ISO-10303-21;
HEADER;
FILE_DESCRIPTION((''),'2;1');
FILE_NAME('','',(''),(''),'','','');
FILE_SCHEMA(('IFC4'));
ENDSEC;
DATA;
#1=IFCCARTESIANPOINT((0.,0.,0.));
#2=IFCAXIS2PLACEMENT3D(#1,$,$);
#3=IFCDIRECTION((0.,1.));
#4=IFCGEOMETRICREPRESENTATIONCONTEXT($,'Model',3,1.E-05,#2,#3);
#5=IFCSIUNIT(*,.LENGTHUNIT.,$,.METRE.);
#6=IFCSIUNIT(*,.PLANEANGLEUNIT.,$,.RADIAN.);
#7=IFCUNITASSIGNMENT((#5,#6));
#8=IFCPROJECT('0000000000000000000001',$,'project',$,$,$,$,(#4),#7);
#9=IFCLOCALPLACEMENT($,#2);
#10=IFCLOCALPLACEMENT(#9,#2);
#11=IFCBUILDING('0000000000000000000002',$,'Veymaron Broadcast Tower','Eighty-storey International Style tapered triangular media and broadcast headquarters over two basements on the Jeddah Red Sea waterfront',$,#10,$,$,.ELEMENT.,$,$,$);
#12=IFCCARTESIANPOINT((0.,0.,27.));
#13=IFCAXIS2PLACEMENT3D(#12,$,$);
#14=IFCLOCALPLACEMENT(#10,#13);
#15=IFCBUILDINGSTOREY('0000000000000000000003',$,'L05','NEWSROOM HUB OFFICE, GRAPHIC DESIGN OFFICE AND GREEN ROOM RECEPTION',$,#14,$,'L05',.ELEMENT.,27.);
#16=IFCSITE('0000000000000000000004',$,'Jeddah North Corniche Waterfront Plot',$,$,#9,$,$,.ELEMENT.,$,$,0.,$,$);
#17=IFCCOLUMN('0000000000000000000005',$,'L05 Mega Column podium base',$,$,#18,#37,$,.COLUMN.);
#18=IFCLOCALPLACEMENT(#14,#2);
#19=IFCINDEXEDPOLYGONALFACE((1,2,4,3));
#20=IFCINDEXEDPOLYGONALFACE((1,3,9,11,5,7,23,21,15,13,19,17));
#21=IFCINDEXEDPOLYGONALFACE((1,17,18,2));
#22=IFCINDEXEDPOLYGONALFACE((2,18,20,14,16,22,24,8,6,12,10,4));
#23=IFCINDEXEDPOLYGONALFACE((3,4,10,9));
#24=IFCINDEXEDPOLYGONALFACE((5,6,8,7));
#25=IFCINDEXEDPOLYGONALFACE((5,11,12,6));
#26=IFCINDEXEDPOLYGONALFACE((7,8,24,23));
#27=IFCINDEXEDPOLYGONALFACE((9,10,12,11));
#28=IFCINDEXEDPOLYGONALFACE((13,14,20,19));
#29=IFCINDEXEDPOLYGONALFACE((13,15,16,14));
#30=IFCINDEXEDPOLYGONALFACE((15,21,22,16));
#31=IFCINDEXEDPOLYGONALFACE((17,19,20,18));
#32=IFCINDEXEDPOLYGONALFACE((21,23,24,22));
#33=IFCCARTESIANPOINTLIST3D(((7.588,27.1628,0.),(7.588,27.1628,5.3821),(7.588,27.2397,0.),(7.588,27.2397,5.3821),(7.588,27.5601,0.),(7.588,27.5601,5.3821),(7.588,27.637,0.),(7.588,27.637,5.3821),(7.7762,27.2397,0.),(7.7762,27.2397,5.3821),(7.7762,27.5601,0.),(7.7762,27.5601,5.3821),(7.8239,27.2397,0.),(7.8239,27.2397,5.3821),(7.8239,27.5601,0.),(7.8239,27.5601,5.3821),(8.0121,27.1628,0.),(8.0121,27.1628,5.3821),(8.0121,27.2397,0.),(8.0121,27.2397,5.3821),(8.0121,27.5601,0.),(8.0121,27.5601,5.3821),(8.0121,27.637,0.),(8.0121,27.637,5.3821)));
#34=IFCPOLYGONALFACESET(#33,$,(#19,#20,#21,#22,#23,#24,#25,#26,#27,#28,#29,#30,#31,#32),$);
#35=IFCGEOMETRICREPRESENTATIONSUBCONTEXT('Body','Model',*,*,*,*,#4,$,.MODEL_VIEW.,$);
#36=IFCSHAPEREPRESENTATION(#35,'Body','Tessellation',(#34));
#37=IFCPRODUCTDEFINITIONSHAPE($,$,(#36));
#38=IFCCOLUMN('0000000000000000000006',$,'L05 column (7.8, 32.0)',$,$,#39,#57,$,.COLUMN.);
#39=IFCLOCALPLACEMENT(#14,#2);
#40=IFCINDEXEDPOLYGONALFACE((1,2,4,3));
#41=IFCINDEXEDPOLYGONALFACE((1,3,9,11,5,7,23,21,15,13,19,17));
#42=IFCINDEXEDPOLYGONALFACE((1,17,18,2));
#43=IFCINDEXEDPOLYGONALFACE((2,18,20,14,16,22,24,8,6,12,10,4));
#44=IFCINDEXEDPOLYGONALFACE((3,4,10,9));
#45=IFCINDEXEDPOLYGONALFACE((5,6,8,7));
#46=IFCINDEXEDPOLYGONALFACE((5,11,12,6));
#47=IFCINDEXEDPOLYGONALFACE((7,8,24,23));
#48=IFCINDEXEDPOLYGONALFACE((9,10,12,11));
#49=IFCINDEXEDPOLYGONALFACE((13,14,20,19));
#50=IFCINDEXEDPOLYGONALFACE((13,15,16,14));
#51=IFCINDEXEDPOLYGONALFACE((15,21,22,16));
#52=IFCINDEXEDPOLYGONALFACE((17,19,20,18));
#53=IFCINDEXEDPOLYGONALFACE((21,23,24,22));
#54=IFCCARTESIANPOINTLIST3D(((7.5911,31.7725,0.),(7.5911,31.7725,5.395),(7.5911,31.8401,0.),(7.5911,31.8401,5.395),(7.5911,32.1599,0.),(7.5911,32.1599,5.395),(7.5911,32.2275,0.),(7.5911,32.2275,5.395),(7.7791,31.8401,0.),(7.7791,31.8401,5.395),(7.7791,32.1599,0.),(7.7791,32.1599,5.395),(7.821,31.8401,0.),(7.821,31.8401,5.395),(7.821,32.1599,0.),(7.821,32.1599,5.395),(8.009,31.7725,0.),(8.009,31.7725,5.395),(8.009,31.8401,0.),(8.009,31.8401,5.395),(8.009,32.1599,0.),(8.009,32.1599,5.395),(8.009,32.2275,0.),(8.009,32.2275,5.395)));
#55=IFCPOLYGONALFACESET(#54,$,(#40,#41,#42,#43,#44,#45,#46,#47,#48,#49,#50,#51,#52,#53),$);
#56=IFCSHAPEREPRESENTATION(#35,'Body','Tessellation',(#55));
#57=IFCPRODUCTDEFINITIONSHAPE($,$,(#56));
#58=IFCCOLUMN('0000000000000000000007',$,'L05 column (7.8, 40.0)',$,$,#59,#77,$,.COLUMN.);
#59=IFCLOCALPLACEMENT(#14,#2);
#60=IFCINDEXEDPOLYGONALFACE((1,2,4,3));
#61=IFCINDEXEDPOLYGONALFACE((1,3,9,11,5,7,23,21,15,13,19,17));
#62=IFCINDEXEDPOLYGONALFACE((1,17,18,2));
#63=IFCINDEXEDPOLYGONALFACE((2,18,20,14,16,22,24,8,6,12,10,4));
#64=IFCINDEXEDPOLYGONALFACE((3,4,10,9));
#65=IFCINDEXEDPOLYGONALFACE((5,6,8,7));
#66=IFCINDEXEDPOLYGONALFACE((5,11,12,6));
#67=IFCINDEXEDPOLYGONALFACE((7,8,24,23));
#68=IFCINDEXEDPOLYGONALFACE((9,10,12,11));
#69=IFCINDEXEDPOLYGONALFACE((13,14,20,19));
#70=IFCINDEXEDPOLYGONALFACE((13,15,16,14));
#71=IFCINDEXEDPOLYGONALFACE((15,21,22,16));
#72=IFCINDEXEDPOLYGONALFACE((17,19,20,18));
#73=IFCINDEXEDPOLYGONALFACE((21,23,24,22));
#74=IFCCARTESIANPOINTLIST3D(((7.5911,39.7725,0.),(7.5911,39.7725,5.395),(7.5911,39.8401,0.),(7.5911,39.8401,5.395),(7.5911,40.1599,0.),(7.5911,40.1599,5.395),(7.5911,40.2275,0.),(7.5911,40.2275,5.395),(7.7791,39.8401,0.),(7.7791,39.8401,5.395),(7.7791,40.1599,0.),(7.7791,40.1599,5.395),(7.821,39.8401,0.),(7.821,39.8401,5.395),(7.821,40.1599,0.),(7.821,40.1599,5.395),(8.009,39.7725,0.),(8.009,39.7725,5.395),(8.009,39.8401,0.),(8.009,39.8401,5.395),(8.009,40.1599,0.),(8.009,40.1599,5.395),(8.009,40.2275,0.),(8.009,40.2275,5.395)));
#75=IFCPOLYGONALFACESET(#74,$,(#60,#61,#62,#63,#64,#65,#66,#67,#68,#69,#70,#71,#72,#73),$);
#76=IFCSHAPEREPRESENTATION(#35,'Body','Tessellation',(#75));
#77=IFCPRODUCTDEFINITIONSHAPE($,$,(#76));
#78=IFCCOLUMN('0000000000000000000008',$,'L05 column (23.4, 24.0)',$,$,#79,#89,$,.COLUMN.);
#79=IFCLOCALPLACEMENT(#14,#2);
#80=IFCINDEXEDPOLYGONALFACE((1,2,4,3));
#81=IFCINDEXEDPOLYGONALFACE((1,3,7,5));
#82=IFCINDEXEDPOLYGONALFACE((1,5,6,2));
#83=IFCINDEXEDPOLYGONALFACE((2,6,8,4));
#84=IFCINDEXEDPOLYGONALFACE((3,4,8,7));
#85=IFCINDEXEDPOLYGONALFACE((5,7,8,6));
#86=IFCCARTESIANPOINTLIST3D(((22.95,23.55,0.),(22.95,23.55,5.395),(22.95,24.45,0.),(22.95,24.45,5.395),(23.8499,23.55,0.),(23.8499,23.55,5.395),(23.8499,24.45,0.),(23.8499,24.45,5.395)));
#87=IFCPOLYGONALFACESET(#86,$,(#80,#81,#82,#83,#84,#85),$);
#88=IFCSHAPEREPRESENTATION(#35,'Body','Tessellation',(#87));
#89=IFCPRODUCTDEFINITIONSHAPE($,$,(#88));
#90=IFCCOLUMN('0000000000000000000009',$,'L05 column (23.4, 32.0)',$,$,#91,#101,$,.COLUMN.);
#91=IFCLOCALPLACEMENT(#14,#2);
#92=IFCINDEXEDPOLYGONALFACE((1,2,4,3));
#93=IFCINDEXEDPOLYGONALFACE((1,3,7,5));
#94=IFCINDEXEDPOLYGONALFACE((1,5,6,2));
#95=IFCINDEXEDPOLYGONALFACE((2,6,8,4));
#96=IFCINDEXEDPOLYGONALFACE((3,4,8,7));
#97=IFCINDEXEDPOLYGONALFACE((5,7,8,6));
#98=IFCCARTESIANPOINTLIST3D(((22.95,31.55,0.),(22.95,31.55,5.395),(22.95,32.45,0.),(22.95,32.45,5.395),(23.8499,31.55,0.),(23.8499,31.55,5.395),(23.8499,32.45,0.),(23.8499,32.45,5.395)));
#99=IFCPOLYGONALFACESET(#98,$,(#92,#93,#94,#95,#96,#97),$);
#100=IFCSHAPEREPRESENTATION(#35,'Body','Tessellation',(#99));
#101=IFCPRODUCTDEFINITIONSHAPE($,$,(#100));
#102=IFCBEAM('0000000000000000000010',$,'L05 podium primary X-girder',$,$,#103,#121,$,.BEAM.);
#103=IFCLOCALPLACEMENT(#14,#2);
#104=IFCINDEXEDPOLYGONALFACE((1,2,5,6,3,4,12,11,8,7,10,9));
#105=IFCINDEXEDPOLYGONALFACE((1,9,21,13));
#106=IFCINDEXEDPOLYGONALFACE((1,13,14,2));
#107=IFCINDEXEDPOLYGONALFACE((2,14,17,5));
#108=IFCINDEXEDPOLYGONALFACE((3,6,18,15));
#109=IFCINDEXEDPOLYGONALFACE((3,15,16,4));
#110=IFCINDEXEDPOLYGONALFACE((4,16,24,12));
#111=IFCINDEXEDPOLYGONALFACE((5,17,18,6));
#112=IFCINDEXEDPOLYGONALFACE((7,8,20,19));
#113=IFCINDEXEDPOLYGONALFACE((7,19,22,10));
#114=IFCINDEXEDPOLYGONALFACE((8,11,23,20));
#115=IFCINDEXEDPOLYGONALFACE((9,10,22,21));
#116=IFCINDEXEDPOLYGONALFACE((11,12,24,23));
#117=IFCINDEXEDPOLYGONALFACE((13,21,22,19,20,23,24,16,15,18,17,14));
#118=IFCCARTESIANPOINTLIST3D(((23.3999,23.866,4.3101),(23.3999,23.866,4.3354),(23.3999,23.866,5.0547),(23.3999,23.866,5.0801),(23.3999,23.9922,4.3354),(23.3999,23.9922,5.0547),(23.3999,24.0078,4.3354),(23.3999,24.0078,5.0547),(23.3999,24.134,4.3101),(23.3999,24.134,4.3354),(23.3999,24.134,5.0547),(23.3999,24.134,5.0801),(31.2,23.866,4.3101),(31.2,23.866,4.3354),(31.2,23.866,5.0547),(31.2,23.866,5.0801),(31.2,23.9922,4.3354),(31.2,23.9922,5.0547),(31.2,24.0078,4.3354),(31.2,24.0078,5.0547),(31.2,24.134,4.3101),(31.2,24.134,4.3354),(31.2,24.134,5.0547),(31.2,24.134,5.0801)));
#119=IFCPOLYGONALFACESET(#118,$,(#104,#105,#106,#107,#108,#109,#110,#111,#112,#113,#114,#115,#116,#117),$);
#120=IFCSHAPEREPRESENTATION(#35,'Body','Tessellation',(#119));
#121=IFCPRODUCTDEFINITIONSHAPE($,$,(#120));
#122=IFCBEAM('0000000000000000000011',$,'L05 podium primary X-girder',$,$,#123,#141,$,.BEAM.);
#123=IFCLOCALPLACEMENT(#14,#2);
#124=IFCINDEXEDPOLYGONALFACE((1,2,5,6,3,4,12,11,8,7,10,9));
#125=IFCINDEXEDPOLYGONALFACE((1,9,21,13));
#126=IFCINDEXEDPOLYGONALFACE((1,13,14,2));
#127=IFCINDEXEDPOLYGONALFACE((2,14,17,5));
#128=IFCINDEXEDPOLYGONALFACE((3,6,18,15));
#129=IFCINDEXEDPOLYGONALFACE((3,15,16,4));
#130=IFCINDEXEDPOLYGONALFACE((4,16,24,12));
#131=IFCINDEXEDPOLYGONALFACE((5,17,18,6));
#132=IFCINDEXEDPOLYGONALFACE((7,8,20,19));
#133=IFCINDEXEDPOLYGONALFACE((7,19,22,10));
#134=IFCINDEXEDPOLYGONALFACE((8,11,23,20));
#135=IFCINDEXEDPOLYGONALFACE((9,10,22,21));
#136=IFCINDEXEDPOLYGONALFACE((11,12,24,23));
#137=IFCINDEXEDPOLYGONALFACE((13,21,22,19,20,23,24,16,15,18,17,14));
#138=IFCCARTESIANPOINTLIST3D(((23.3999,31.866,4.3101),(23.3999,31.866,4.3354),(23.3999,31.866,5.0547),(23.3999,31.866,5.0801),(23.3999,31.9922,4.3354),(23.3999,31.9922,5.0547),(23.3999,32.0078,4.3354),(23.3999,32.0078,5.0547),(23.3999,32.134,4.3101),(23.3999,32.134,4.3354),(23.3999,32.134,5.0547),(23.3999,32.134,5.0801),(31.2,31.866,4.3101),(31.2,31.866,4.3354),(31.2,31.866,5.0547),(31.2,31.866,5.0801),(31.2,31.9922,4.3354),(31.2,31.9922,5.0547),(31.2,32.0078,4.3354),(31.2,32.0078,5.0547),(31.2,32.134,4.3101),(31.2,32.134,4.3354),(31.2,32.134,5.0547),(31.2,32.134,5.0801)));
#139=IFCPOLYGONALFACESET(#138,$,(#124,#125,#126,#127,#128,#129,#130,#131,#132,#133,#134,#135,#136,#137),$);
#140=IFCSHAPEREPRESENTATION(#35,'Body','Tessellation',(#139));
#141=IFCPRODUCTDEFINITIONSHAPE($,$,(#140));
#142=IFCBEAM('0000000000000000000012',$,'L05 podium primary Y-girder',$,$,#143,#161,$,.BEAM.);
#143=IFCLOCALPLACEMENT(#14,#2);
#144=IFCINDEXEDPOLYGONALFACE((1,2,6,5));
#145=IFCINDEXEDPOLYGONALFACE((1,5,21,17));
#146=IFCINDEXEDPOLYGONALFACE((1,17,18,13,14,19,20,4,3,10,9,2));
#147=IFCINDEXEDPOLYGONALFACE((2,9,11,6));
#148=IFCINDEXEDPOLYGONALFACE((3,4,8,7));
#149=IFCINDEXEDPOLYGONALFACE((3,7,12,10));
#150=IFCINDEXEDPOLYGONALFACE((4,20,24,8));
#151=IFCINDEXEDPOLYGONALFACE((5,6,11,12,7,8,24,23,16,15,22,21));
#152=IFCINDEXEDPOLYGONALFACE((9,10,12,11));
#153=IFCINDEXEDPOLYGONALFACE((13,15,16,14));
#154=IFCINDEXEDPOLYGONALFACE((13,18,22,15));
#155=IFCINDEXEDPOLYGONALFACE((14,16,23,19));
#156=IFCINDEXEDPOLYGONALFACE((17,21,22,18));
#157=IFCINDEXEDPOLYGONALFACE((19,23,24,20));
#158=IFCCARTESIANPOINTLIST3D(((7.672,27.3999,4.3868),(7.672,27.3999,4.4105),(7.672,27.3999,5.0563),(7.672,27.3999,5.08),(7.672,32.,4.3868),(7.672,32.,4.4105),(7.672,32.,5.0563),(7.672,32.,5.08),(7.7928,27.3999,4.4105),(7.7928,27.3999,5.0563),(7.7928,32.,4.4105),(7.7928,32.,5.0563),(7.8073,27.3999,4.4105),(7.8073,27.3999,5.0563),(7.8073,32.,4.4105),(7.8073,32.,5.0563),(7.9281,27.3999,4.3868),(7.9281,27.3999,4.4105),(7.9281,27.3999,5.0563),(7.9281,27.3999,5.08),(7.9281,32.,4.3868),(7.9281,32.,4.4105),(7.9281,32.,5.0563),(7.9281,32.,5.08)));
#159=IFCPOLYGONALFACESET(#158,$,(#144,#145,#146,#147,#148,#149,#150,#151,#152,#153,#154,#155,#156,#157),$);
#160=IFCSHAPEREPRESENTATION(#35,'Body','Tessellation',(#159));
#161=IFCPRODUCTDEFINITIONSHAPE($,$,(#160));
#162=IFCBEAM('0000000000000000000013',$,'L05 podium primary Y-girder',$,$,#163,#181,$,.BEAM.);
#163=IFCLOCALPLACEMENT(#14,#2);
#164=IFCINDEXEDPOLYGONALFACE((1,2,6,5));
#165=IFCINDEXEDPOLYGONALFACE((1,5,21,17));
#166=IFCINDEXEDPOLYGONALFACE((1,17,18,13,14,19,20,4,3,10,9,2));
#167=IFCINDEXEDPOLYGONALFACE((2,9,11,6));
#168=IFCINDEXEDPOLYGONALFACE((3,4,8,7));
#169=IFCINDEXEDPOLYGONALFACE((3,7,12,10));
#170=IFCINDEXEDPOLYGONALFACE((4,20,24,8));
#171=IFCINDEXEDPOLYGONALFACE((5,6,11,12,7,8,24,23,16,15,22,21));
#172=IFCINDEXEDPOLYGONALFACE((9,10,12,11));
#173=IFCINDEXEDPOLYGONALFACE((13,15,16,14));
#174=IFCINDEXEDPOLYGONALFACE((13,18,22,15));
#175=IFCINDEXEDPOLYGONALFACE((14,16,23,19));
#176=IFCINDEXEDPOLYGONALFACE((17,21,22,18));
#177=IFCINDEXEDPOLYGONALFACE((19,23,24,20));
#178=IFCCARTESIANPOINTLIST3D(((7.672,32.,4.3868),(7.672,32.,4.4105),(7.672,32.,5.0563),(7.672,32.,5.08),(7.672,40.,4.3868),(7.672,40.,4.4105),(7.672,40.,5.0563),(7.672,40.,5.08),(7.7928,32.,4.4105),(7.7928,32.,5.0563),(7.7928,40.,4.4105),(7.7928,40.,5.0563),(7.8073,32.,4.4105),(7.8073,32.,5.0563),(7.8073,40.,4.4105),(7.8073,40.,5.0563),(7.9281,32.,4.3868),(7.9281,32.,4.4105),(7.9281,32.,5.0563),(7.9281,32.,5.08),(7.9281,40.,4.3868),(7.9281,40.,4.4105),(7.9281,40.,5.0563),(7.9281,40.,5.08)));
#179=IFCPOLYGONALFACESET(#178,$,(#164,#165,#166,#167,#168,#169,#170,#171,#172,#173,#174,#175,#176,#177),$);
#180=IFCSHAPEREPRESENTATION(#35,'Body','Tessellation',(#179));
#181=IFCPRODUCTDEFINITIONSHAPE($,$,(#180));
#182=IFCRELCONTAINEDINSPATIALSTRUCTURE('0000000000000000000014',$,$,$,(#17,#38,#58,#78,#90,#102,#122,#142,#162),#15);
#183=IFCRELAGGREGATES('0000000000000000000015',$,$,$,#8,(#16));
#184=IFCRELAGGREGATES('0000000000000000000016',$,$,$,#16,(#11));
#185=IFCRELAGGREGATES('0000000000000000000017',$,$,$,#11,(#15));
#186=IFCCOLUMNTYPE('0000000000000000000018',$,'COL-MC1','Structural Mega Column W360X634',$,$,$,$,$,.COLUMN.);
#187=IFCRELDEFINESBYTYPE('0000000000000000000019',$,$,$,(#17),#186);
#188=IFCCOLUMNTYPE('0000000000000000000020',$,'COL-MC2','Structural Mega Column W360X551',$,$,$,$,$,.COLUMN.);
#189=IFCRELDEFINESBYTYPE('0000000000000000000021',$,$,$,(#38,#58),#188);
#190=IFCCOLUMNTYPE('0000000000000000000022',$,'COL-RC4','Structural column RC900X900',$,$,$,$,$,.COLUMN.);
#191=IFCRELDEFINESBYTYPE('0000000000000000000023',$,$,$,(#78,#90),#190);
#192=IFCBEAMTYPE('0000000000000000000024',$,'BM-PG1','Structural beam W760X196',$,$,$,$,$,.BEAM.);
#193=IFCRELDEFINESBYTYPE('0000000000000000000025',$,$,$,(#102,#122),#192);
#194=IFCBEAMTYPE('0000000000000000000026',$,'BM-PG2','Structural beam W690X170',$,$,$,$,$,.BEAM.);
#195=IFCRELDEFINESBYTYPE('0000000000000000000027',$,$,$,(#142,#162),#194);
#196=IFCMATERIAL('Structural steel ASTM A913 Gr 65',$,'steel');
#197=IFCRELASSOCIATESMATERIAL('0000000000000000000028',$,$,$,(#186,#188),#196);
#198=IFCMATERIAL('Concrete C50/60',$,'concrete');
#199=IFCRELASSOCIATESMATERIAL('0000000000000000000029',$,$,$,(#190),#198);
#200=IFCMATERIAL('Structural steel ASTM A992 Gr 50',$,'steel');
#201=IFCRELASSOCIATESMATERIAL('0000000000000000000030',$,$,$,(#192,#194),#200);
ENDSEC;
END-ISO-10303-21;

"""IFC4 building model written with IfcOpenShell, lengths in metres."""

from ifc_helpers import new_model, si_unit, direction, frame, origin, origin_2d, place, context, subcontext, project, spatial, rectangle, i_section, extrude, material, material_profile, profile_set, type_object, element, save


model = new_model("IFC4")

# Units and contexts
model_context = context("Model", 3, precision=1e-05, world=origin(), true_north=direction((0.0, 1.0)))
body_context = subcontext(model_context, "Body", "Model", "MODEL_VIEW")
ifc_project = project(units=[si_unit("LENGTHUNIT", "METRE"), si_unit("PLANEANGLEUNIT", "RADIAN")], contexts=[model_context])

# Site, building, storey
site_placement = place(None, origin())
site = spatial("IfcSite", under=ifc_project, at=site_placement, Name="Jeddah North Corniche Waterfront Plot", CompositionType="ELEMENT", RefElevation=0.0)
building_placement = place(site_placement, origin())
building = spatial("IfcBuilding", under=site, at=building_placement, Name="Veymaron Broadcast Tower", Description="Eighty-storey International Style tapered triangular media and broadcast headquarters over two basements on the Jeddah Red Sea waterfront", CompositionType="ELEMENT")
storey_placement = place(building_placement, frame((0.0, 0.0, 27.0)))
storey = spatial("IfcBuildingStorey", under=building, at=storey_placement, Name="L05", Description="NEWSROOM HUB OFFICE, GRAPHIC DESIGN OFFICE AND GREEN ROOM RECEPTION", LongName="L05", CompositionType="ELEMENT", Elevation=27.0)

# Columns
ifc_material_1 = material(Name="Structural steel ASTM A913 Gr 65", Category="steel")
ifc_material_profile_1 = material_profile(ifc_material_1, i_section(OverallWidth=0.4241, OverallDepth=0.4741, WebThickness=0.0476, FlangeThickness=0.0769, at=origin_2d()), Name="W360X634")
ifc_profile_set_1 = profile_set([ifc_material_profile_1], Name="Structural steel ASTM A913 Gr 65")
column_type_1 = type_object("IfcColumnType", Name="COL-MC1", Description="Structural Mega Column W360X634", PredefinedType="COLUMN", material=ifc_profile_set_1)
column_placement = place(storey_placement, frame((7.8, 27.3999, 0.0), z_axis=(0.0, 0.0, 1.0), x_axis=(1.0, 0.0, 0.0)))
element("IfcColumn", 1, at=column_placement, inside=storey, type_object=column_type_1, Name="L05 Mega Column podium base", PredefinedType="COLUMN", context=body_context, shape_type="SweptSolid", body=[
    extrude(i_section(OverallWidth=0.4241, OverallDepth=0.4741, WebThickness=0.0476, FlangeThickness=0.0769, at=origin_2d()), origin(), (0.0, 0.0, 1.0), 5.3821),
])
ifc_material_profile_2 = material_profile(ifc_material_1, i_section(OverallWidth=0.418, OverallDepth=0.4551, WebThickness=0.042, FlangeThickness=0.0676, at=origin_2d()), Name="W360X551")
ifc_profile_set_2 = profile_set([ifc_material_profile_2], Name="Structural steel ASTM A913 Gr 65")
column_type_2 = type_object("IfcColumnType", Name="COL-MC2", Description="Structural Mega Column W360X551", PredefinedType="COLUMN", material=ifc_profile_set_2)
for number, where, z_axis, x_axis, name in (
    (2, (7.8, 32.0, 0.0), (0.0, 0.0, 1.0), (1.0, 0.0, 0.0), "L05 column (7.8, 32.0)"),
    (3, (7.8, 40.0, 0.0), (0.0, 0.0, 1.0), (1.0, 0.0, 0.0), "L05 column (7.8, 40.0)"),
):
    element("IfcColumn", number, at=place(storey_placement, frame(where, z_axis=z_axis, x_axis=x_axis)), inside=storey, type_object=column_type_2, Name=name, PredefinedType="COLUMN", context=body_context, shape_type="SweptSolid", body=[
        extrude(i_section(OverallWidth=0.418, OverallDepth=0.4551, WebThickness=0.042, FlangeThickness=0.0676, at=origin_2d()), origin(), (0.0, 0.0, 1.0), 5.395),
    ])
ifc_material_2 = material(Name="Concrete C50/60", Category="concrete")
ifc_material_profile_3 = material_profile(ifc_material_2, rectangle(XDim=0.8999, YDim=0.8999, at=origin_2d()), Name="RC900X900")
ifc_profile_set_3 = profile_set([ifc_material_profile_3], Name="Concrete C50/60")
column_type_3 = type_object("IfcColumnType", Name="COL-RC4", Description="Structural column RC900X900", PredefinedType="COLUMN", material=ifc_profile_set_3)
for number, where, z_axis, x_axis, name in (
    (4, (23.3999, 24.0, 0.0), (0.0, 0.0, 1.0), (1.0, 0.0, 0.0), "L05 column (23.4, 24.0)"),
    (5, (23.3999, 32.0, 0.0), (0.0, 0.0, 1.0), (1.0, 0.0, 0.0), "L05 column (23.4, 32.0)"),
):
    element("IfcColumn", number, at=place(storey_placement, frame(where, z_axis=z_axis, x_axis=x_axis)), inside=storey, type_object=column_type_3, Name=name, PredefinedType="COLUMN", context=body_context, shape_type="SweptSolid", body=[
        extrude(rectangle(XDim=0.8999, YDim=0.8999, at=origin_2d()), origin(), (0.0, 0.0, 1.0), 5.395),
    ])

# Beams
ifc_material_3 = material(Name="Structural steel ASTM A992 Gr 50", Category="steel")
ifc_material_profile_4 = material_profile(ifc_material_3, i_section(OverallWidth=0.2681, OverallDepth=0.77, WebThickness=0.0156, FlangeThickness=0.0254, at=origin_2d()), Name="W760X196")
ifc_profile_set_4 = profile_set([ifc_material_profile_4], Name="Structural steel ASTM A992 Gr 50")
beam_type_1 = type_object("IfcBeamType", Name="BM-PG1", Description="Structural beam W760X196", PredefinedType="BEAM", material=ifc_profile_set_4)
for number, where, z_axis, x_axis, name in (
    (6, (23.3999, 24.0, 4.6951), (1.0, 0.0, 0.0), (0.0, 1.0, 0.0), "L05 podium primary X-girder"),
    (7, (23.3999, 32.0, 4.6951), (1.0, 0.0, 0.0), (0.0, 1.0, 0.0), "L05 podium primary X-girder"),
):
    element("IfcBeam", number, at=place(storey_placement, frame(where, z_axis=z_axis, x_axis=x_axis)), inside=storey, type_object=beam_type_1, Name=name, PredefinedType="BEAM", context=body_context, shape_type="SweptSolid", body=[
        extrude(i_section(OverallWidth=0.2681, OverallDepth=0.77, WebThickness=0.0156, FlangeThickness=0.0254, at=origin_2d()), origin(), (0.0, 0.0, 1.0), 7.8),
    ])
ifc_material_profile_5 = material_profile(ifc_material_3, i_section(OverallWidth=0.2561, OverallDepth=0.6931, WebThickness=0.0144, FlangeThickness=0.0237, at=origin_2d()), Name="W690X170")
ifc_profile_set_5 = profile_set([ifc_material_profile_5], Name="Structural steel ASTM A992 Gr 50")
beam_type_2 = type_object("IfcBeamType", Name="BM-PG2", Description="Structural beam W690X170", PredefinedType="BEAM", material=ifc_profile_set_5)
beam_1_placement = place(storey_placement, frame((7.8, 27.3999, 4.7334), z_axis=(0.0, 1.0, 0.0), x_axis=(-1.0, 0.0, 0.0)))
element("IfcBeam", 8, at=beam_1_placement, inside=storey, type_object=beam_type_2, Name="L05 podium primary Y-girder", PredefinedType="BEAM", context=body_context, shape_type="SweptSolid", body=[
    extrude(i_section(OverallWidth=0.2561, OverallDepth=0.6931, WebThickness=0.0144, FlangeThickness=0.0237, at=origin_2d()), origin(), (0.0, 0.0, 1.0), 4.6001),
])
for number, where, z_axis, x_axis, name in (
    (9, (7.8, 32.0, 4.7334), (0.0, 1.0, 0.0), (-1.0, 0.0, 0.0), "L05 podium primary Y-girder"),
):
    element("IfcBeam", number, at=place(storey_placement, frame(where, z_axis=z_axis, x_axis=x_axis)), inside=storey, type_object=beam_type_2, Name=name, PredefinedType="BEAM", context=body_context, shape_type="SweptSolid", body=[
        extrude(i_section(OverallWidth=0.2561, OverallDepth=0.6931, WebThickness=0.0144, FlangeThickness=0.0237, at=origin_2d()), origin(), (0.0, 0.0, 1.0), 8.0),
    ])

save(model, "model.ifc")
